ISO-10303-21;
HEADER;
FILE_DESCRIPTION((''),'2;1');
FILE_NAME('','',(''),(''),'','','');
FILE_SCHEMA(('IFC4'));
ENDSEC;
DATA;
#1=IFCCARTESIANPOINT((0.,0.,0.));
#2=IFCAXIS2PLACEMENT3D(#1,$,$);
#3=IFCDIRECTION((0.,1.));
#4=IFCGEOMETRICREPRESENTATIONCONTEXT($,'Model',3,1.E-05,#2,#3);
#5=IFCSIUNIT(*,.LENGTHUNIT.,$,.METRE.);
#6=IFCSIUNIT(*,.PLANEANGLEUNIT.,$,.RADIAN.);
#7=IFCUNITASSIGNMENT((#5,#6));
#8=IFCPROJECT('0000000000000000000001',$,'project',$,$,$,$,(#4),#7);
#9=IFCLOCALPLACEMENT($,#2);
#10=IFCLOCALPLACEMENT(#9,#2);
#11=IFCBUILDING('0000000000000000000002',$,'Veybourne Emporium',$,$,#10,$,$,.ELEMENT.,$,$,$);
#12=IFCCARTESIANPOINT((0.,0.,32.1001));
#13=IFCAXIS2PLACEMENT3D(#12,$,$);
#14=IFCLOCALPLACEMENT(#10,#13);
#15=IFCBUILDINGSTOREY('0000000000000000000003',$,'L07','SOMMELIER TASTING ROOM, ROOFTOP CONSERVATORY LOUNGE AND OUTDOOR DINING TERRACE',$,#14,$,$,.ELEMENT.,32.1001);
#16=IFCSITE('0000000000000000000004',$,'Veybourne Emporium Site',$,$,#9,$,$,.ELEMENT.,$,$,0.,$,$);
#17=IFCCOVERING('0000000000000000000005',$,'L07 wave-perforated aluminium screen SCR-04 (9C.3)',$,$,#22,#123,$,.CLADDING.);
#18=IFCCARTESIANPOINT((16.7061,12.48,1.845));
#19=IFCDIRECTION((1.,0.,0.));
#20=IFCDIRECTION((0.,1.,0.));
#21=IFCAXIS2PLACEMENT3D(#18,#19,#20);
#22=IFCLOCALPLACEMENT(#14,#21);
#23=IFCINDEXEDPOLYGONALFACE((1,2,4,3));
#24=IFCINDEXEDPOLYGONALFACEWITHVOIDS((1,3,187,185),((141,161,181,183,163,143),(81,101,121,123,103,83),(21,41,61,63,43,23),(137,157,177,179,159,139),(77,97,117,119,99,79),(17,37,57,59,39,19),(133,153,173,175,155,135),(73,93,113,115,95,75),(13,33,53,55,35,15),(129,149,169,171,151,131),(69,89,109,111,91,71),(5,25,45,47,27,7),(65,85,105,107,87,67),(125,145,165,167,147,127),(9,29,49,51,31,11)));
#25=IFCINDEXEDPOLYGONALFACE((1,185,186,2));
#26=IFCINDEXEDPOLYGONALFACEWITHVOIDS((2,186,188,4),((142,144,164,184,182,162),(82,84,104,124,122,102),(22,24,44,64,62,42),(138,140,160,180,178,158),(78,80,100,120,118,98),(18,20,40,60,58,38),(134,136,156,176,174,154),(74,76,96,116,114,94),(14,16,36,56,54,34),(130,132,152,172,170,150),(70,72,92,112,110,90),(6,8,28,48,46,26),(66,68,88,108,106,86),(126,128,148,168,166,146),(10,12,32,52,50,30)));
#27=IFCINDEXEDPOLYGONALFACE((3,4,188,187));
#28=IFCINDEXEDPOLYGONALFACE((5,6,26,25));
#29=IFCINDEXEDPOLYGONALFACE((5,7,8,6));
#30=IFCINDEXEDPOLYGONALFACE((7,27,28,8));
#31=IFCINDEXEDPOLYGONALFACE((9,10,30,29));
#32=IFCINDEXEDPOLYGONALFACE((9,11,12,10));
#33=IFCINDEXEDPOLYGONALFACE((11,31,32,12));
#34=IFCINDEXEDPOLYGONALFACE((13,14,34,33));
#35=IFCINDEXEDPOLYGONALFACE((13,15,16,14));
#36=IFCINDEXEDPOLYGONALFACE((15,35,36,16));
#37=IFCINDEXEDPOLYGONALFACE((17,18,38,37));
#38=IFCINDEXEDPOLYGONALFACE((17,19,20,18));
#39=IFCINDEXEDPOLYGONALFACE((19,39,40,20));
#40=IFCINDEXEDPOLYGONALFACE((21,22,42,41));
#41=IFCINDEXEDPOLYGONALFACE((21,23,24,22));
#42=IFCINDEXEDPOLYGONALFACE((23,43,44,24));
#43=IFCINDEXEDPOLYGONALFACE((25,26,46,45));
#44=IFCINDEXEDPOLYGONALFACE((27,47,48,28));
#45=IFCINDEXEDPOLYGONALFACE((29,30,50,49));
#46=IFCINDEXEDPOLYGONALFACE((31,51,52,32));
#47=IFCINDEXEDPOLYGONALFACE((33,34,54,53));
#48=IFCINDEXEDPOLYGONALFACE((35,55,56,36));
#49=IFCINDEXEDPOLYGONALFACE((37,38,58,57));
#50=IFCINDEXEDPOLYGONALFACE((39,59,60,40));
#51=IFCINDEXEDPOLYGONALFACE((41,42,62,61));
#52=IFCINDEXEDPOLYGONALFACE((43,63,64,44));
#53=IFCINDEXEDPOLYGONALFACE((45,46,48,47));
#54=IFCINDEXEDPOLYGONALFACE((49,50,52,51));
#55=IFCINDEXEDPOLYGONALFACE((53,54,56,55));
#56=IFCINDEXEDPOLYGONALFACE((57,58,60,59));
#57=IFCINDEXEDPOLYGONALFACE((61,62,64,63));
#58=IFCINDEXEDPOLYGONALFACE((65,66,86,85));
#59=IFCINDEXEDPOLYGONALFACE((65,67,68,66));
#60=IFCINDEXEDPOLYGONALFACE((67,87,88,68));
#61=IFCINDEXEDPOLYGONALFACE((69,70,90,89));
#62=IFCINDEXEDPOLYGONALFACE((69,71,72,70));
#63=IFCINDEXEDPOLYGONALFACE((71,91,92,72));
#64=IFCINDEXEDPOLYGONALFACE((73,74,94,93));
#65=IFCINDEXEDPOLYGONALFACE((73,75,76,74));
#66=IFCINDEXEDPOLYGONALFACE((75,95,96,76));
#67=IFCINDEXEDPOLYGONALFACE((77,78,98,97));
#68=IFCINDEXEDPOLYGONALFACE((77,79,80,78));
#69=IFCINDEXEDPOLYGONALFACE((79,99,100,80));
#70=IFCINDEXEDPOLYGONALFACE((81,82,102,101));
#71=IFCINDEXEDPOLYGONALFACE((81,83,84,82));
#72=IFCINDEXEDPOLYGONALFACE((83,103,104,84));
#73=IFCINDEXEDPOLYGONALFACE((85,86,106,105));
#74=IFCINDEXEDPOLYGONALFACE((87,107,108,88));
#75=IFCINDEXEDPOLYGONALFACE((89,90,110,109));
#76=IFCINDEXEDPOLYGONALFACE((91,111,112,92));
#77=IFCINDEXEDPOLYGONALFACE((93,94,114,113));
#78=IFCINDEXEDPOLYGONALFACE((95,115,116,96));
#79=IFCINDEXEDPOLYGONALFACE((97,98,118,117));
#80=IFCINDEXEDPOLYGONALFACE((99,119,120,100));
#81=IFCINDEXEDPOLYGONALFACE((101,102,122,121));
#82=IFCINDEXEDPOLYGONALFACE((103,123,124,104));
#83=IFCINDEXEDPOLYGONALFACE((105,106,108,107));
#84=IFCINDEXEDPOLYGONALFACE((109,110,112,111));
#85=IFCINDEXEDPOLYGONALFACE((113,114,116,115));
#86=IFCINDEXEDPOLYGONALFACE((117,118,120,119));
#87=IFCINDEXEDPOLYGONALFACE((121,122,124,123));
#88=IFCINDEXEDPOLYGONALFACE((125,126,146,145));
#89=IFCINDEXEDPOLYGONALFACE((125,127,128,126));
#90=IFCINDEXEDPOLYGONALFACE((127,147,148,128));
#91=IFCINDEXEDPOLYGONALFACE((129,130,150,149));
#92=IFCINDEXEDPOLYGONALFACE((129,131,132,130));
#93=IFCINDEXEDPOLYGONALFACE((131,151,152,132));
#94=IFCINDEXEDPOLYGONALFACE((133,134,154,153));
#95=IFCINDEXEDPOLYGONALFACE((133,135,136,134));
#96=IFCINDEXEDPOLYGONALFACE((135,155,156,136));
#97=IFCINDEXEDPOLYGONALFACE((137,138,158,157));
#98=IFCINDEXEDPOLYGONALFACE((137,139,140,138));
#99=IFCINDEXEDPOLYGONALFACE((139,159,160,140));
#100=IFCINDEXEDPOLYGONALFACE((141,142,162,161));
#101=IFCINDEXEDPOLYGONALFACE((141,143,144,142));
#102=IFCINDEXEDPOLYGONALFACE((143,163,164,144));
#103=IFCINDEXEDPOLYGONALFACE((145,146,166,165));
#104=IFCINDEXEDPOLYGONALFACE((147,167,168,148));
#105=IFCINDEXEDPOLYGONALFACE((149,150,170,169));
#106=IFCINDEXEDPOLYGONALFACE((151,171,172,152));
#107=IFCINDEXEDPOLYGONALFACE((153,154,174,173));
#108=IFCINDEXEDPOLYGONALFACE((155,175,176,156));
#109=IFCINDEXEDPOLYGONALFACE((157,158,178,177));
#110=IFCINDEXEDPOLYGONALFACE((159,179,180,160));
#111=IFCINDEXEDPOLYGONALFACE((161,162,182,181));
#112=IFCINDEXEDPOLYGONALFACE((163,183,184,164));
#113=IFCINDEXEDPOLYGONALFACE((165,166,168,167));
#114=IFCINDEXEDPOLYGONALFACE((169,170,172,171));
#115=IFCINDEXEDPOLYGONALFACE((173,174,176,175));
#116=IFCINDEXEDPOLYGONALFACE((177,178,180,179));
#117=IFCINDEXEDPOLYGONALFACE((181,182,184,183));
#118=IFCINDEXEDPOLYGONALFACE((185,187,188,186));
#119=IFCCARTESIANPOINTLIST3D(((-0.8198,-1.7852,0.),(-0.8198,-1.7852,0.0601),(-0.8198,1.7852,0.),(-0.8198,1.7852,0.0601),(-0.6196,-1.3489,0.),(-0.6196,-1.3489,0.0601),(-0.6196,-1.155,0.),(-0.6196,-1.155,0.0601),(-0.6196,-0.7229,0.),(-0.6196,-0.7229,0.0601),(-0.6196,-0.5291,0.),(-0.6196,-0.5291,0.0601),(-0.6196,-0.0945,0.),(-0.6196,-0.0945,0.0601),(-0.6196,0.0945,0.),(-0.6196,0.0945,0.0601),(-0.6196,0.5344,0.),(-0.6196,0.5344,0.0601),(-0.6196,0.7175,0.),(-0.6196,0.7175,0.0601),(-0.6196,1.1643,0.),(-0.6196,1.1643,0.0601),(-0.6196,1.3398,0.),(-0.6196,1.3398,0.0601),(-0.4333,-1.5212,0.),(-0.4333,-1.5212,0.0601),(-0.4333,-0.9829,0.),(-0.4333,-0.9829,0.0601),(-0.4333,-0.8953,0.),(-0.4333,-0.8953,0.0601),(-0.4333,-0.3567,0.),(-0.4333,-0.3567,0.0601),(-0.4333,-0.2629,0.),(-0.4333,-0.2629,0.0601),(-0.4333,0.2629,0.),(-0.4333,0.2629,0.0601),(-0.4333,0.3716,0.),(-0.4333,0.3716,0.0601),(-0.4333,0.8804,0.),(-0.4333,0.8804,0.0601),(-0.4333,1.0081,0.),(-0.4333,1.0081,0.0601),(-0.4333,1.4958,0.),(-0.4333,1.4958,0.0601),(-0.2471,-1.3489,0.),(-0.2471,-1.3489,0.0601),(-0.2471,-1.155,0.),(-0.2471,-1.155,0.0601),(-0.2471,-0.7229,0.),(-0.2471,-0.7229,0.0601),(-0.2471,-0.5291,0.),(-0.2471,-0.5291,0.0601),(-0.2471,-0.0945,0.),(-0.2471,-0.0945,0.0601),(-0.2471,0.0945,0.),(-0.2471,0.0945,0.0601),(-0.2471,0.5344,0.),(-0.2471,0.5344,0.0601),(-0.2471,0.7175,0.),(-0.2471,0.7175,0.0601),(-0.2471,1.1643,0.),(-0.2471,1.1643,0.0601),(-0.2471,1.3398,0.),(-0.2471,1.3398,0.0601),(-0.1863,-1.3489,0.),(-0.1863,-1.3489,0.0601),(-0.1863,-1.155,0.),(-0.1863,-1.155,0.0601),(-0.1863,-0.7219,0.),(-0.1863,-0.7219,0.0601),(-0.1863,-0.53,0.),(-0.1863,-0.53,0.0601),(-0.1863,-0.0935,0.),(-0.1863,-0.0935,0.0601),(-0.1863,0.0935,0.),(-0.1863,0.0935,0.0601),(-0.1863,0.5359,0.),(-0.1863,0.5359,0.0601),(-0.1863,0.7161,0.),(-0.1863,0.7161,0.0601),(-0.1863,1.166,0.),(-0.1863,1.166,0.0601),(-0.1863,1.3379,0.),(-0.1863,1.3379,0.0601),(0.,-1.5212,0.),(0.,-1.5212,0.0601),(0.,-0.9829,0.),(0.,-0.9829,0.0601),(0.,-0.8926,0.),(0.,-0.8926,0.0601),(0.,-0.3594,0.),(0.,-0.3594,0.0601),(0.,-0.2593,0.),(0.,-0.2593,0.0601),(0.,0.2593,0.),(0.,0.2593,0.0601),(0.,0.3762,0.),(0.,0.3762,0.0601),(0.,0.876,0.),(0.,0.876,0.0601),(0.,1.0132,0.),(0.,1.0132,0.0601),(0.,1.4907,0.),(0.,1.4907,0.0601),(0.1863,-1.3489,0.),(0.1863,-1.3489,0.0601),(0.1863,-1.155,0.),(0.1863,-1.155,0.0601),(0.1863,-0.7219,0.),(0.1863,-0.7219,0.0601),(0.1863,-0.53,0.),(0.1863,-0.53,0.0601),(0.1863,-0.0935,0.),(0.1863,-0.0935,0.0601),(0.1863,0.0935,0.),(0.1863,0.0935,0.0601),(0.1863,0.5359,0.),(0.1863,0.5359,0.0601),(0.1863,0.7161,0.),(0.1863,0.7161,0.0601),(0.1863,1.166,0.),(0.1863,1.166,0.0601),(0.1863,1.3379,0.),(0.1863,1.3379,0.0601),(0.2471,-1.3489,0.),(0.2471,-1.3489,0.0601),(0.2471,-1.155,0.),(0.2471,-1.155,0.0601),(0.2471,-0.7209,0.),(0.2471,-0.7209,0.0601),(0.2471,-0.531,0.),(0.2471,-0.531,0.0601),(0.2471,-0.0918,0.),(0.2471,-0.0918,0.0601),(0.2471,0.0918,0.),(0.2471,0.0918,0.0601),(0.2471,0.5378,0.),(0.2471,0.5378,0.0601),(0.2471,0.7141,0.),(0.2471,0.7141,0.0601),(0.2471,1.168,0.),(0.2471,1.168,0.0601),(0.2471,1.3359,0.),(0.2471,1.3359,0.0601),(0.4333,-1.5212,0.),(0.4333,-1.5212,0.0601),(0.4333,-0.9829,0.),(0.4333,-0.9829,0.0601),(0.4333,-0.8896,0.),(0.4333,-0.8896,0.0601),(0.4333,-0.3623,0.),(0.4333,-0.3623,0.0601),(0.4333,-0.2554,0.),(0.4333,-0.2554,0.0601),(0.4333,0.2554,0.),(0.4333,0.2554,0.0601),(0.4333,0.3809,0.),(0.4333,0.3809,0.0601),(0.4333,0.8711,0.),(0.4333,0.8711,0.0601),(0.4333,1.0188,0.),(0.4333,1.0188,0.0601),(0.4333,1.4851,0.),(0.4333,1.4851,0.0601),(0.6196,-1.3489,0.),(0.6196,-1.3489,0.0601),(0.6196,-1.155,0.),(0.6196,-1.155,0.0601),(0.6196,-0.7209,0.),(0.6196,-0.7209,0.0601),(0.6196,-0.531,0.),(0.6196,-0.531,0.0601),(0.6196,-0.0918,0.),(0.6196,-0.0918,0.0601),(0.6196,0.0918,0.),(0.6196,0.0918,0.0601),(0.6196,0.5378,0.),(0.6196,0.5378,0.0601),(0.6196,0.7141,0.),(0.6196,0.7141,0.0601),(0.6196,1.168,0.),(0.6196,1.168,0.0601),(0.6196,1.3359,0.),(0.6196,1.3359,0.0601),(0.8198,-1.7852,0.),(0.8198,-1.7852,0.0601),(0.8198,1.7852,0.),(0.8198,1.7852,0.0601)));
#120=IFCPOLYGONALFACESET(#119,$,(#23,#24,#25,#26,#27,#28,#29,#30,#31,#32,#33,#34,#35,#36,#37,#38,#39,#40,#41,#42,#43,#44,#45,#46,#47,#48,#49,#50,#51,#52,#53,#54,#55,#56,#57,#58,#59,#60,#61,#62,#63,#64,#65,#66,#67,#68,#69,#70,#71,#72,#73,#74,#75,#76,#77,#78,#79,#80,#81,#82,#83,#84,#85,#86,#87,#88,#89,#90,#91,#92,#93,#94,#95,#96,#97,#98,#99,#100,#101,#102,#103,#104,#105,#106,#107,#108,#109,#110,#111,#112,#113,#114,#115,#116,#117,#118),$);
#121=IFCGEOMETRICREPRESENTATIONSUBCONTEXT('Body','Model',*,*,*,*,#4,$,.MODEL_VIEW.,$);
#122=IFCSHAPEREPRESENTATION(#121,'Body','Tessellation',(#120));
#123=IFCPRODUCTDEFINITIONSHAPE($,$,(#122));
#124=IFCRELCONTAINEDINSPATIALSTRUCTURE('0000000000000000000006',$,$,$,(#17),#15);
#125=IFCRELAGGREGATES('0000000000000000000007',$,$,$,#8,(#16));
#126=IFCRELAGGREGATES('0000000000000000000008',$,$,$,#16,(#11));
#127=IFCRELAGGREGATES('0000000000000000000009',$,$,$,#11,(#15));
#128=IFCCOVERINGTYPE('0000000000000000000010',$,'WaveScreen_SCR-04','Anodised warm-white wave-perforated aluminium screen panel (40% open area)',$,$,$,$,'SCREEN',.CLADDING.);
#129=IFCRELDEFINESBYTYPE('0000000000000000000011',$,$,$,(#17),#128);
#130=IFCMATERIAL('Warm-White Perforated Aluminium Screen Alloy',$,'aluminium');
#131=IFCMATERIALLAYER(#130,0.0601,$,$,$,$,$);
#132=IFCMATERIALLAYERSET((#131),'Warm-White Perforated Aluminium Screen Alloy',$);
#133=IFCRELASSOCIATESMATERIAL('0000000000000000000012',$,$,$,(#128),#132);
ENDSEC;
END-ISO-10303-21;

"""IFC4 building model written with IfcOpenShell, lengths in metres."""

from ifc_helpers import new_model, si_unit, direction, frame, origin, place, context, subcontext, project, spatial, polyline, outline, extrude, material, layer, layer_set, type_object, element, save


model = new_model("IFC4")

# Units and contexts
model_context = context("Model", 3, precision=1e-05, world=origin(), true_north=direction((0.0, 1.0)))
body_context = subcontext(model_context, "Body", "Model", "MODEL_VIEW")
ifc_project = project(units=[si_unit("LENGTHUNIT", "METRE"), si_unit("PLANEANGLEUNIT", "RADIAN")], contexts=[model_context])

# Site, building, storey
site_placement = place(None, origin())
site = spatial("IfcSite", under=ifc_project, at=site_placement, Name="Veybourne Emporium Site", CompositionType="ELEMENT", RefElevation=0.0)
building_placement = place(site_placement, origin())
building = spatial("IfcBuilding", under=site, at=building_placement, Name="Veybourne Emporium", CompositionType="ELEMENT")
storey_placement = place(building_placement, frame((0.0, 0.0, 32.1001)))
storey = spatial("IfcBuildingStorey", under=building, at=storey_placement, Name="L07", Description="SOMMELIER TASTING ROOM, ROOFTOP CONSERVATORY LOUNGE AND OUTDOOR DINING TERRACE", CompositionType="ELEMENT", Elevation=32.1001)

# Covering
ifc_material_1 = material(Name="Warm-White Perforated Aluminium Screen Alloy", Category="aluminium")
ifc_layer_1 = layer(ifc_material_1, 0.0601)
ifc_layer_set_1 = layer_set([ifc_layer_1], Name="Warm-White Perforated Aluminium Screen Alloy")
covering_type_1 = type_object("IfcCoveringType", Name="WaveScreen_SCR-04", Description="Anodised warm-white wave-perforated aluminium screen panel (40% open area)", ElementType="SCREEN", PredefinedType="CLADDING", material=ifc_layer_set_1)
covering_1_placement = place(storey_placement, frame((16.7061, 12.48, 1.845), z_axis=(1.0, 0.0, 0.0), x_axis=(0.0, 1.0, 0.0)))
element("IfcCovering", 1, at=covering_1_placement, inside=storey, type_object=covering_type_1, Name="L07 wave-perforated aluminium screen SCR-04 (9C.3)", PredefinedType="CLADDING", context=body_context, shape_type="SweptSolid", body=[
    extrude(outline(polyline([(-0.8198, -1.7852), (0.8198, -1.7852), (0.8198, 1.7852), (-0.8198, 1.7852), (-0.8198, -1.7852)]), holes=[polyline([(-0.4333, -0.9829), (-0.2471, -1.155), (-0.2471, -1.3489), (-0.4333, -1.5212), (-0.6196, -1.3489), (-0.6196, -1.155), (-0.4333, -0.9829)]), polyline([(-0.4333, -0.3567), (-0.2471, -0.5291), (-0.2471, -0.7229), (-0.4333, -0.8953), (-0.6196, -0.7229), (-0.6196, -0.5291), (-0.4333, -0.3567)]), polyline([(-0.4333, 0.2629), (-0.2471, 0.0945), (-0.2471, -0.0945), (-0.4333, -0.2629), (-0.6196, -0.0945), (-0.6196, 0.0945), (-0.4333, 0.2629)]), polyline([(-0.4333, 0.8804), (-0.2471, 0.7175), (-0.2471, 0.5344), (-0.4333, 0.3716), (-0.6196, 0.5344), (-0.6196, 0.7175), (-0.4333, 0.8804)]), polyline([(-0.4333, 1.4958), (-0.2471, 1.3398), (-0.2471, 1.1643), (-0.4333, 1.0081), (-0.6196, 1.1643), (-0.6196, 1.3398), (-0.4333, 1.4958)]), polyline([(0.0, -0.9829), (0.1863, -1.155), (0.1863, -1.3489), (0.0, -1.5212), (-0.1863, -1.3489), (-0.1863, -1.155), (0.0, -0.9829)]), polyline([(0.0, -0.3594), (0.1863, -0.53), (0.1863, -0.7219), (0.0, -0.8926), (-0.1863, -0.7219), (-0.1863, -0.53), (0.0, -0.3594)]), polyline([(0.0, 0.2593), (0.1863, 0.0935), (0.1863, -0.0935), (0.0, -0.2593), (-0.1863, -0.0935), (-0.1863, 0.0935), (0.0, 0.2593)]), polyline([(0.0, 0.876), (0.1863, 0.7161), (0.1863, 0.5359), (0.0, 0.3762), (-0.1863, 0.5359), (-0.1863, 0.7161), (0.0, 0.876)]), polyline([(0.0, 1.4907), (0.1863, 1.3379), (0.1863, 1.166), (0.0, 1.0132), (-0.1863, 1.166), (-0.1863, 1.3379), (0.0, 1.4907)]), polyline([(0.4333, -0.9829), (0.6196, -1.155), (0.6196, -1.3489), (0.4333, -1.5212), (0.2471, -1.3489), (0.2471, -1.155), (0.4333, -0.9829)]), polyline([(0.4333, -0.3623), (0.6196, -0.531), (0.6196, -0.7209), (0.4333, -0.8896), (0.2471, -0.7209), (0.2471, -0.531), (0.4333, -0.3623)]), polyline([(0.4333, 0.2554), (0.6196, 0.0918), (0.6196, -0.0918), (0.4333, -0.2554), (0.2471, -0.0918), (0.2471, 0.0918), (0.4333, 0.2554)]), polyline([(0.4333, 0.8711), (0.6196, 0.7141), (0.6196, 0.5378), (0.4333, 0.3809), (0.2471, 0.5378), (0.2471, 0.7141), (0.4333, 0.8711)]), polyline([(0.4333, 1.4851), (0.6196, 1.3359), (0.6196, 1.168), (0.4333, 1.0188), (0.2471, 1.168), (0.2471, 1.3359), (0.4333, 1.4851)])]), origin(), (0.0, 0.0, 1.0), 0.0601),
])

save(model, "model.ifc")
